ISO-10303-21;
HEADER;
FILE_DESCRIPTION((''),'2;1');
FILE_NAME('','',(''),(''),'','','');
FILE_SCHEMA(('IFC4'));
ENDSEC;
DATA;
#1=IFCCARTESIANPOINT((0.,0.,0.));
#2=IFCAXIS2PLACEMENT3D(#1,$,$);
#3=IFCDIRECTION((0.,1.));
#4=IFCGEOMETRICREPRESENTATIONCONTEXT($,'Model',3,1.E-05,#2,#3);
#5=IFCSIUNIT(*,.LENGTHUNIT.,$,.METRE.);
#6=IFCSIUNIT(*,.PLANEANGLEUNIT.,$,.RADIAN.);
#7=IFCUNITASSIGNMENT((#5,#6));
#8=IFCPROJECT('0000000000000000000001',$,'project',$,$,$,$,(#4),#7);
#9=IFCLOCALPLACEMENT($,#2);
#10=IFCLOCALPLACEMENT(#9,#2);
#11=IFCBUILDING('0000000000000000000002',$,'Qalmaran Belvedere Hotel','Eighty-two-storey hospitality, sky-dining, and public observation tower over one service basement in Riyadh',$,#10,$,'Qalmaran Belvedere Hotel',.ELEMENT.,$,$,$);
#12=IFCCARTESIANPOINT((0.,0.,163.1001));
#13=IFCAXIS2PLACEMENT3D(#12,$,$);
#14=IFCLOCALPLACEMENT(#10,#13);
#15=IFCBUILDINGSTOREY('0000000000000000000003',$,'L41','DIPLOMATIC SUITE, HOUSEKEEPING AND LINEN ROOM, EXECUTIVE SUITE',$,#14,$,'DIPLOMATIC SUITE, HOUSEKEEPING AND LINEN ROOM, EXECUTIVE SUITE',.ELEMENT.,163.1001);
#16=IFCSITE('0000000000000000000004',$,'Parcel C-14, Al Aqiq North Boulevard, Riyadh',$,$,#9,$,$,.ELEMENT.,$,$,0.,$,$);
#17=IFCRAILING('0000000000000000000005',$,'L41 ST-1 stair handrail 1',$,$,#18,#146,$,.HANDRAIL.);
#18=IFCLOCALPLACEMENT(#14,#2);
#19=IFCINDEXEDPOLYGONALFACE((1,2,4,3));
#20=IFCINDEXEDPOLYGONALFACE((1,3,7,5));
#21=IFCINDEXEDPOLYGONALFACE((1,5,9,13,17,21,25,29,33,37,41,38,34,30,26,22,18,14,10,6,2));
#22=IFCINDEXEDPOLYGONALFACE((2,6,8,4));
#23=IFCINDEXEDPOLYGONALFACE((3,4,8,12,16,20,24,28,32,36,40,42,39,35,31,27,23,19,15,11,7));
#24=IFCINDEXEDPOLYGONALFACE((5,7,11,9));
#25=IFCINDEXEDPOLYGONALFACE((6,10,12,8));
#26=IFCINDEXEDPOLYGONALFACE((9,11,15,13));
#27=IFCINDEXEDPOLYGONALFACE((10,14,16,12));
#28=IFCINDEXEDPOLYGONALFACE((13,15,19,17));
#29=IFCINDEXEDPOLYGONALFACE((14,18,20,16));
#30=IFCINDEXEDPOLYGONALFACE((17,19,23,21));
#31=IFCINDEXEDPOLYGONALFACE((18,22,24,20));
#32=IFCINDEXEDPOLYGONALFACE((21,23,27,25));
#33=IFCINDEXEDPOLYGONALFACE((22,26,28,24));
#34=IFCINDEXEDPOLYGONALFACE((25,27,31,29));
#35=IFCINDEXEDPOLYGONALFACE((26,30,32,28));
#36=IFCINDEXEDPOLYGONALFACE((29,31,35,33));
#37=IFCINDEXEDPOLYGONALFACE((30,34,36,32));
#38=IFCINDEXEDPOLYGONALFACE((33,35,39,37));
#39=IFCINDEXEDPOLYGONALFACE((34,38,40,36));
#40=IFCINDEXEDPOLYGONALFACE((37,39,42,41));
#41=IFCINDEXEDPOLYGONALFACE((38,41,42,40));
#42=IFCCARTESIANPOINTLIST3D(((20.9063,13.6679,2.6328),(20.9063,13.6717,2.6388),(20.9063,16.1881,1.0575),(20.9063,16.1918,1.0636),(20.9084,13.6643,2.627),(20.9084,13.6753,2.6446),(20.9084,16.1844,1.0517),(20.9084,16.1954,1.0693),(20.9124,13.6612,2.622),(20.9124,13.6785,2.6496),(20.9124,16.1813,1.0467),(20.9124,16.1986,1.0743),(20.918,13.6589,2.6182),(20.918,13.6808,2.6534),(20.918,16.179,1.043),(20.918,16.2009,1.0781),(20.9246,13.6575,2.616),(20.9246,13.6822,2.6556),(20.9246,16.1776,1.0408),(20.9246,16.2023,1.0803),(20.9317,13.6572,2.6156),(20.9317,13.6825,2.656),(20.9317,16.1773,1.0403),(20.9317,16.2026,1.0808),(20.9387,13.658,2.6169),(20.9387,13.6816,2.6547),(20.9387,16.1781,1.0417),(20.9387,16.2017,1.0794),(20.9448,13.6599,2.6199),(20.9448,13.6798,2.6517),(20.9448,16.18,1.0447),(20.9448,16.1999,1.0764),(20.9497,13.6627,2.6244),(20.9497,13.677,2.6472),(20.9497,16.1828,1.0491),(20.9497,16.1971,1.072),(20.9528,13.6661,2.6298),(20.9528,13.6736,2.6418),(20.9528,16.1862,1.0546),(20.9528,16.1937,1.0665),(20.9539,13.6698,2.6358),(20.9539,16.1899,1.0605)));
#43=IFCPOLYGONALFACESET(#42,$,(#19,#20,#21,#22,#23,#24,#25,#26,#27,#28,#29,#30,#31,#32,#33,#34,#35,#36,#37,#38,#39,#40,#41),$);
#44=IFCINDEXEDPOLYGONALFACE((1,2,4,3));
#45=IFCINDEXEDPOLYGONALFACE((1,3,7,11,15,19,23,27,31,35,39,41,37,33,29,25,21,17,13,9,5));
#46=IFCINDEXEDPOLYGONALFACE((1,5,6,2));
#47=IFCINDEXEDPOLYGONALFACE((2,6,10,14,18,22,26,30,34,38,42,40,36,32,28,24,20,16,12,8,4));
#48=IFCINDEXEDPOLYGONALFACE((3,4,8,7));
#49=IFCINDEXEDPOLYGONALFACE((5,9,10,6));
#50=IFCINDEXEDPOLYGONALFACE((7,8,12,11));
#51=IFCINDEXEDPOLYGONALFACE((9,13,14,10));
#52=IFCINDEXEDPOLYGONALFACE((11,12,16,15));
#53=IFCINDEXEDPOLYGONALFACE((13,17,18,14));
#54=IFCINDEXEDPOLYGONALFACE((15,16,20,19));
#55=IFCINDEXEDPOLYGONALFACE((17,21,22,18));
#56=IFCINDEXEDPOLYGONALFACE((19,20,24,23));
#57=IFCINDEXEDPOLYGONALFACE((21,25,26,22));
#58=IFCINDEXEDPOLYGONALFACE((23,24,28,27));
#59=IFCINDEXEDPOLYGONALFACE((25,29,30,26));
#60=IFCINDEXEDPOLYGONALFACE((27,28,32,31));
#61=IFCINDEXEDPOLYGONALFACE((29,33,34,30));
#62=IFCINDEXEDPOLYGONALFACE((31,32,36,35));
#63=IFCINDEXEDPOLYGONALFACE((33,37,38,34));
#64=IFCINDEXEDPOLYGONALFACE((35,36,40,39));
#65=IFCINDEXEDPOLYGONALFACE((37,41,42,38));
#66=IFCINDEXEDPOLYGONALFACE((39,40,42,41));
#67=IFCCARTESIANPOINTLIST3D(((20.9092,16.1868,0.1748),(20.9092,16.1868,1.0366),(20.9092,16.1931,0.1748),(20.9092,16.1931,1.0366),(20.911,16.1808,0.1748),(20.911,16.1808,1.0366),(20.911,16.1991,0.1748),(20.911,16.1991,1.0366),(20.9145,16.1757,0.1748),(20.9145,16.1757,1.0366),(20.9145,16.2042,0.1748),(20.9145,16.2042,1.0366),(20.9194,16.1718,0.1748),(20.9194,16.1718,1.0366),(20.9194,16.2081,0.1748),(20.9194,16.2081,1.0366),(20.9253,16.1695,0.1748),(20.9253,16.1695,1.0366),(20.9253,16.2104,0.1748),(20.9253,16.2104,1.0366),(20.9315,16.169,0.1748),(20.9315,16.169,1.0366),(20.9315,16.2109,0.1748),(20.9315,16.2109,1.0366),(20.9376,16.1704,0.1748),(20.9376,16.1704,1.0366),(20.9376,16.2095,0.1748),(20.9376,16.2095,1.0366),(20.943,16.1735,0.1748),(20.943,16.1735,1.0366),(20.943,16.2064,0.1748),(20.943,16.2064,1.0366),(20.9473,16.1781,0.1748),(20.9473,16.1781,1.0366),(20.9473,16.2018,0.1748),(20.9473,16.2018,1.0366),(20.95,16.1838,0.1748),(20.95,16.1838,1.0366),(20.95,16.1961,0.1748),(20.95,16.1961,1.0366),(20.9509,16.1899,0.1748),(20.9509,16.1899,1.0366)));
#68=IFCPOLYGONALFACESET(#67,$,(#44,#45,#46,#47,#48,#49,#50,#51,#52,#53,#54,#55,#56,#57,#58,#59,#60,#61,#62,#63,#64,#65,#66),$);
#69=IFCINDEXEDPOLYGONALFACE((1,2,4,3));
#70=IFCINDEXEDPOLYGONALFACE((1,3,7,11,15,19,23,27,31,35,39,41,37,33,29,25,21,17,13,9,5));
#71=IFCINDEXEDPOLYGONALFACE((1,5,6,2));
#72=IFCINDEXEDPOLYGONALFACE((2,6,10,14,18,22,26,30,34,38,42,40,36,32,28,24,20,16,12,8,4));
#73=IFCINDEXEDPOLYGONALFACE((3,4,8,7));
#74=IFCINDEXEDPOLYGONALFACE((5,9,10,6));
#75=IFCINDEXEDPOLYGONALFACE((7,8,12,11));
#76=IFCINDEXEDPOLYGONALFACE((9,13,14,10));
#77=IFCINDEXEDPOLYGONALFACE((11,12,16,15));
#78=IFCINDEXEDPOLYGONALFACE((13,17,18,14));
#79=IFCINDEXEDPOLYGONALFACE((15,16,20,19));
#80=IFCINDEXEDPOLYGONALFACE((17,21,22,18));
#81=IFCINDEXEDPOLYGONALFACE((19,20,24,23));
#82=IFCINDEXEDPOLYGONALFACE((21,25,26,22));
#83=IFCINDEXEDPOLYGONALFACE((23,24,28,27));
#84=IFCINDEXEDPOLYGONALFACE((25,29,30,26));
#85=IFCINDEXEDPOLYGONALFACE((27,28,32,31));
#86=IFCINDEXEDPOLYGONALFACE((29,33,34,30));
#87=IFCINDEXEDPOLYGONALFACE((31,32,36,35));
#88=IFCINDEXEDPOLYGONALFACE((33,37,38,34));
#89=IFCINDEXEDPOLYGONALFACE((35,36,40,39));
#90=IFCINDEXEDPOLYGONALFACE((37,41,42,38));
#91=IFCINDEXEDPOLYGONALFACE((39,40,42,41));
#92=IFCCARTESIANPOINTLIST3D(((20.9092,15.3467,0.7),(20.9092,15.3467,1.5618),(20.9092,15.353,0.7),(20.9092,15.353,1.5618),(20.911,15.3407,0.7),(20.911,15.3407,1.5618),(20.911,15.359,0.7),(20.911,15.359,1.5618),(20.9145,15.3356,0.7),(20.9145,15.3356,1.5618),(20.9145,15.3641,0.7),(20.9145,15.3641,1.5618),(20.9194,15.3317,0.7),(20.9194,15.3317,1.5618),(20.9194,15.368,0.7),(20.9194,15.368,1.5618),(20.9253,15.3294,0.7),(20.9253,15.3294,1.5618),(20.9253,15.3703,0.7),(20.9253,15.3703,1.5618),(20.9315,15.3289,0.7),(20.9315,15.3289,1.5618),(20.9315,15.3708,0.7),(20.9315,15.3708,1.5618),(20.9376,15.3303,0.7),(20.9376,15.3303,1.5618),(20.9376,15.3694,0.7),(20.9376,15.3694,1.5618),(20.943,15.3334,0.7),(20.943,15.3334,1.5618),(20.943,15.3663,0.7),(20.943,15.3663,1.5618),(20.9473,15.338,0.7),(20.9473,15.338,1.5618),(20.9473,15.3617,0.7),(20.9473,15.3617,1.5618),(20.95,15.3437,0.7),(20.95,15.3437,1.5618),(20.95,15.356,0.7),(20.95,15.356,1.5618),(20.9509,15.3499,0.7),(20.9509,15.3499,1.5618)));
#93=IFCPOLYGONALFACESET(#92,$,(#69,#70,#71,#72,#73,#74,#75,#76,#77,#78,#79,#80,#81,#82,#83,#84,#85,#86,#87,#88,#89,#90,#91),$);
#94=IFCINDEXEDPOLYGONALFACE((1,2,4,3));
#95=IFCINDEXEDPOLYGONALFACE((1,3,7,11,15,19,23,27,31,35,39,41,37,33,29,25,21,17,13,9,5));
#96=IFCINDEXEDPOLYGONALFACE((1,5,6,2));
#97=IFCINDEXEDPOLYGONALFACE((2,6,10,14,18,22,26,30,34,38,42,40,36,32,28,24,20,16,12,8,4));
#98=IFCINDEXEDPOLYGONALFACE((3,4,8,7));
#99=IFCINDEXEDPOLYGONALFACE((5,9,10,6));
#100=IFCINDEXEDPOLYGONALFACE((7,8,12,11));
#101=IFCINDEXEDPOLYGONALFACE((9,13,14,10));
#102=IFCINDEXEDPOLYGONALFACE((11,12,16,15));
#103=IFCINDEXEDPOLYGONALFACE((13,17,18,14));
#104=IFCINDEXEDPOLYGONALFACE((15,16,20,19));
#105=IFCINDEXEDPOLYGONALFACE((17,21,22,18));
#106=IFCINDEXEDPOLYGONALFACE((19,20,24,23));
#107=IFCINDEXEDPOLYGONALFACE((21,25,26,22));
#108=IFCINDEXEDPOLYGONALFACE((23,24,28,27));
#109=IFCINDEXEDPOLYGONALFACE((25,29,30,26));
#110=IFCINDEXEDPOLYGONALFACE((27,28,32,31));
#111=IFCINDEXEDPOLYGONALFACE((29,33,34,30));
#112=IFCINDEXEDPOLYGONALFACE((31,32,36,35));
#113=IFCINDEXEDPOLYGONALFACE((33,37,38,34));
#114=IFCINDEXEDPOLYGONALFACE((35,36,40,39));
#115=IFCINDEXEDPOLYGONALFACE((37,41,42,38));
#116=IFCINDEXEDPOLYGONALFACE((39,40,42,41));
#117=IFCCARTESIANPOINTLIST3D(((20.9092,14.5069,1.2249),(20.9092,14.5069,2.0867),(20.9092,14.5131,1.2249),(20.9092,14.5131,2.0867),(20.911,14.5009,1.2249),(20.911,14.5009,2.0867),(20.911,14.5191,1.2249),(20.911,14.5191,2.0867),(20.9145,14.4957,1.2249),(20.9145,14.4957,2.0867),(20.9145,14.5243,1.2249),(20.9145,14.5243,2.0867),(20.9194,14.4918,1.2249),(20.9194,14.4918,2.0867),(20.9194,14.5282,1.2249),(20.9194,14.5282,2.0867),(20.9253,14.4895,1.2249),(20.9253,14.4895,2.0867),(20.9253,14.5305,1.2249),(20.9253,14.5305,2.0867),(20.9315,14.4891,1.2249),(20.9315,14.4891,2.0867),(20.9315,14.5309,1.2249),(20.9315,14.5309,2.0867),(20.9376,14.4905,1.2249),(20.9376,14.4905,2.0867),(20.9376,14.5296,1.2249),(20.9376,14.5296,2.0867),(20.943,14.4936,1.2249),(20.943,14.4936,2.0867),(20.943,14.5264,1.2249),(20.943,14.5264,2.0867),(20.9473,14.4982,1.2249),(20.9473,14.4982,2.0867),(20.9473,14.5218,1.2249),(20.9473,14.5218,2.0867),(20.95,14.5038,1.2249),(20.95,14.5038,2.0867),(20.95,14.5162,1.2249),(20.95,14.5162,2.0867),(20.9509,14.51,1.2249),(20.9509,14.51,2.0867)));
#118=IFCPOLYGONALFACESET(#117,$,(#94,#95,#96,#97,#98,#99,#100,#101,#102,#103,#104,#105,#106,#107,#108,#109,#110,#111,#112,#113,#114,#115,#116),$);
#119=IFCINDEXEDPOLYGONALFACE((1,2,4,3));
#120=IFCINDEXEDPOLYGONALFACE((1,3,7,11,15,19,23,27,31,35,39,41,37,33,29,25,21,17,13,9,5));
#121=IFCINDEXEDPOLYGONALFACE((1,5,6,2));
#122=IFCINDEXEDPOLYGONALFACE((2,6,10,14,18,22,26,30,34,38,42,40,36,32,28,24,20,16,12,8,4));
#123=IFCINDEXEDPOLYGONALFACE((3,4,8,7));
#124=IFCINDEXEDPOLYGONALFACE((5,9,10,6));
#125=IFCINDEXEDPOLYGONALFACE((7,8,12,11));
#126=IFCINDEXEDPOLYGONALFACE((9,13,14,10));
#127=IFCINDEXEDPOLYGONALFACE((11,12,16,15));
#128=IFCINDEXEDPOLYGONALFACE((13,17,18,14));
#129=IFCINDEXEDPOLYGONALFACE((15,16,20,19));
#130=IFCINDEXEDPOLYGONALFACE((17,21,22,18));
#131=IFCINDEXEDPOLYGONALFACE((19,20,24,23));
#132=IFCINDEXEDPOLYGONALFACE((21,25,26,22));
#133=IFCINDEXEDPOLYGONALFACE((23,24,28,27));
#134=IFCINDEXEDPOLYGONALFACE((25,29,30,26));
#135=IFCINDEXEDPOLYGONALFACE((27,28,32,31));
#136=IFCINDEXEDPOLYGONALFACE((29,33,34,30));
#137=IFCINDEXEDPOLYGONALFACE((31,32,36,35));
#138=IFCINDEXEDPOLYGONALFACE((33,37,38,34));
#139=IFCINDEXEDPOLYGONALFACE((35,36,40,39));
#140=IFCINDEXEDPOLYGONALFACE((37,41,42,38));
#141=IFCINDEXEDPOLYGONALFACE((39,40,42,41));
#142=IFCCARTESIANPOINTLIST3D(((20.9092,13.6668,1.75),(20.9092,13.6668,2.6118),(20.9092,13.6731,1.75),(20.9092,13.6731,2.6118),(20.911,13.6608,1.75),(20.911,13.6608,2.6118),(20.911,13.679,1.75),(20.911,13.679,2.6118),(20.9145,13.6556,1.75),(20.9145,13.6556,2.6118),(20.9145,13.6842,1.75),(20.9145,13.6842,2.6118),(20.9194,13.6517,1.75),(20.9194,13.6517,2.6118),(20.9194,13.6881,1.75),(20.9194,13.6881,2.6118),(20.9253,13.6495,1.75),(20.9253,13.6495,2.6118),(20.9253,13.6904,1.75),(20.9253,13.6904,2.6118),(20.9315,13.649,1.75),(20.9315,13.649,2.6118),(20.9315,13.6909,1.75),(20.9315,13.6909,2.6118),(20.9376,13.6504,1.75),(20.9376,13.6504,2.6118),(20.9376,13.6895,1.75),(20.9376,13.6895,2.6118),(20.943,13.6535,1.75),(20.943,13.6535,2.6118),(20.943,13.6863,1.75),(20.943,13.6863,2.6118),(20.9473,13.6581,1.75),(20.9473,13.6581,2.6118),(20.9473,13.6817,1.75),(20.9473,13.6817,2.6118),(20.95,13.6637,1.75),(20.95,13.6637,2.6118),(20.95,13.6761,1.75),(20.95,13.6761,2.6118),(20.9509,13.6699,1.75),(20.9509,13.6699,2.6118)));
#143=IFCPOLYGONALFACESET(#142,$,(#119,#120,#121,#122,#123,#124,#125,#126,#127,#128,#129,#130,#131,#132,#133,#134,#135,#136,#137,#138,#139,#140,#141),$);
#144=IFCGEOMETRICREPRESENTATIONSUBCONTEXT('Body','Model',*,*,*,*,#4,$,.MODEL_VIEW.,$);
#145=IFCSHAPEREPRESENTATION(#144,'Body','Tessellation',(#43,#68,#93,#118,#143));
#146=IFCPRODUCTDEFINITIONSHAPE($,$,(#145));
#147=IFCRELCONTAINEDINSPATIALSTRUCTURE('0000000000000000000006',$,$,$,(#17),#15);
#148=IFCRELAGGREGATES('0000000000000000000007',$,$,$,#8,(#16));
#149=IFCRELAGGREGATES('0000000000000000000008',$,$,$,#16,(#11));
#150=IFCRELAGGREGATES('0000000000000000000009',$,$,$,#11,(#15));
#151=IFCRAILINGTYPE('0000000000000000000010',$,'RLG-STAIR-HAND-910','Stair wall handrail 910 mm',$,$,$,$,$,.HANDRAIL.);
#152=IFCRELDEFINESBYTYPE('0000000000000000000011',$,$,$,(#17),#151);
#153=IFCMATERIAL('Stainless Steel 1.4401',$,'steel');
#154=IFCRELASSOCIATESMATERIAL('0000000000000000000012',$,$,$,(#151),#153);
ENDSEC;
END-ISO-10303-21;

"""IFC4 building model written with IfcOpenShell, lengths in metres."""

from ifc_helpers import new_model, si_unit, direction, frame, origin, origin_2d, place, context, subcontext, project, spatial, circle, extrude, material, type_object, element, save


model = new_model("IFC4")

# Units and contexts
model_context = context("Model", 3, precision=1e-05, world=origin(), true_north=direction((0.0, 1.0)))
body_context = subcontext(model_context, "Body", "Model", "MODEL_VIEW")
ifc_project = project(units=[si_unit("LENGTHUNIT", "METRE"), si_unit("PLANEANGLEUNIT", "RADIAN")], contexts=[model_context])

# Site, building, storey
site_placement = place(None, origin())
site = spatial("IfcSite", under=ifc_project, at=site_placement, Name="Parcel C-14, Al Aqiq North Boulevard, Riyadh", CompositionType="ELEMENT", RefElevation=0.0)
building_placement = place(site_placement, origin())
building = spatial("IfcBuilding", under=site, at=building_placement, Name="Qalmaran Belvedere Hotel", Description="Eighty-two-storey hospitality, sky-dining, and public observation tower over one service basement in Riyadh", LongName="Qalmaran Belvedere Hotel", CompositionType="ELEMENT")
storey_placement = place(building_placement, frame((0.0, 0.0, 163.1001)))
storey = spatial("IfcBuildingStorey", under=building, at=storey_placement, Name="L41", Description="DIPLOMATIC SUITE, HOUSEKEEPING AND LINEN ROOM, EXECUTIVE SUITE", LongName="DIPLOMATIC SUITE, HOUSEKEEPING AND LINEN ROOM, EXECUTIVE SUITE", CompositionType="ELEMENT", Elevation=163.1001)

# Railing
ifc_material_1 = material(Name="Stainless Steel 1.4401", Category="steel")
railing_type_1 = type_object("IfcRailingType", Name="RLG-STAIR-HAND-910", Description="Stair wall handrail 910 mm", PredefinedType="HANDRAIL", material=ifc_material_1)
railing_1_placement = place(storey_placement, frame((20.9299, 16.1899, 0.1748)))
element("IfcRailing", 1, at=railing_1_placement, inside=storey, type_object=railing_type_1, Name="L41 ST-1 stair handrail 1", PredefinedType="HANDRAIL", context=body_context, shape_type="SweptSolid", body=[
    extrude(circle(Radius=0.0239, at=origin_2d()), frame((0.0, 0.0, 0.8857), z_axis=(0.0, -0.847971, 0.530043), x_axis=(1.0, 0.0, 0.0)), (0.0, 0.0, 1.0), 2.9719),
    extrude(circle(Radius=0.021, at=origin_2d()), origin(), (0.0, 0.0, 1.0), 0.8618),
    extrude(circle(Radius=0.021, at=origin_2d()), frame((0.0, -0.8401, 0.5251)), (0.0, 0.0, 1.0), 0.8618),
    extrude(circle(Radius=0.021, at=origin_2d()), frame((0.0, -1.6799, 1.05)), (0.0, 0.0, 1.0), 0.8618),
    extrude(circle(Radius=0.021, at=origin_2d()), frame((0.0, -2.52, 1.5752)), (0.0, 0.0, 1.0), 0.8618),
])

save(model, "model.ifc")
